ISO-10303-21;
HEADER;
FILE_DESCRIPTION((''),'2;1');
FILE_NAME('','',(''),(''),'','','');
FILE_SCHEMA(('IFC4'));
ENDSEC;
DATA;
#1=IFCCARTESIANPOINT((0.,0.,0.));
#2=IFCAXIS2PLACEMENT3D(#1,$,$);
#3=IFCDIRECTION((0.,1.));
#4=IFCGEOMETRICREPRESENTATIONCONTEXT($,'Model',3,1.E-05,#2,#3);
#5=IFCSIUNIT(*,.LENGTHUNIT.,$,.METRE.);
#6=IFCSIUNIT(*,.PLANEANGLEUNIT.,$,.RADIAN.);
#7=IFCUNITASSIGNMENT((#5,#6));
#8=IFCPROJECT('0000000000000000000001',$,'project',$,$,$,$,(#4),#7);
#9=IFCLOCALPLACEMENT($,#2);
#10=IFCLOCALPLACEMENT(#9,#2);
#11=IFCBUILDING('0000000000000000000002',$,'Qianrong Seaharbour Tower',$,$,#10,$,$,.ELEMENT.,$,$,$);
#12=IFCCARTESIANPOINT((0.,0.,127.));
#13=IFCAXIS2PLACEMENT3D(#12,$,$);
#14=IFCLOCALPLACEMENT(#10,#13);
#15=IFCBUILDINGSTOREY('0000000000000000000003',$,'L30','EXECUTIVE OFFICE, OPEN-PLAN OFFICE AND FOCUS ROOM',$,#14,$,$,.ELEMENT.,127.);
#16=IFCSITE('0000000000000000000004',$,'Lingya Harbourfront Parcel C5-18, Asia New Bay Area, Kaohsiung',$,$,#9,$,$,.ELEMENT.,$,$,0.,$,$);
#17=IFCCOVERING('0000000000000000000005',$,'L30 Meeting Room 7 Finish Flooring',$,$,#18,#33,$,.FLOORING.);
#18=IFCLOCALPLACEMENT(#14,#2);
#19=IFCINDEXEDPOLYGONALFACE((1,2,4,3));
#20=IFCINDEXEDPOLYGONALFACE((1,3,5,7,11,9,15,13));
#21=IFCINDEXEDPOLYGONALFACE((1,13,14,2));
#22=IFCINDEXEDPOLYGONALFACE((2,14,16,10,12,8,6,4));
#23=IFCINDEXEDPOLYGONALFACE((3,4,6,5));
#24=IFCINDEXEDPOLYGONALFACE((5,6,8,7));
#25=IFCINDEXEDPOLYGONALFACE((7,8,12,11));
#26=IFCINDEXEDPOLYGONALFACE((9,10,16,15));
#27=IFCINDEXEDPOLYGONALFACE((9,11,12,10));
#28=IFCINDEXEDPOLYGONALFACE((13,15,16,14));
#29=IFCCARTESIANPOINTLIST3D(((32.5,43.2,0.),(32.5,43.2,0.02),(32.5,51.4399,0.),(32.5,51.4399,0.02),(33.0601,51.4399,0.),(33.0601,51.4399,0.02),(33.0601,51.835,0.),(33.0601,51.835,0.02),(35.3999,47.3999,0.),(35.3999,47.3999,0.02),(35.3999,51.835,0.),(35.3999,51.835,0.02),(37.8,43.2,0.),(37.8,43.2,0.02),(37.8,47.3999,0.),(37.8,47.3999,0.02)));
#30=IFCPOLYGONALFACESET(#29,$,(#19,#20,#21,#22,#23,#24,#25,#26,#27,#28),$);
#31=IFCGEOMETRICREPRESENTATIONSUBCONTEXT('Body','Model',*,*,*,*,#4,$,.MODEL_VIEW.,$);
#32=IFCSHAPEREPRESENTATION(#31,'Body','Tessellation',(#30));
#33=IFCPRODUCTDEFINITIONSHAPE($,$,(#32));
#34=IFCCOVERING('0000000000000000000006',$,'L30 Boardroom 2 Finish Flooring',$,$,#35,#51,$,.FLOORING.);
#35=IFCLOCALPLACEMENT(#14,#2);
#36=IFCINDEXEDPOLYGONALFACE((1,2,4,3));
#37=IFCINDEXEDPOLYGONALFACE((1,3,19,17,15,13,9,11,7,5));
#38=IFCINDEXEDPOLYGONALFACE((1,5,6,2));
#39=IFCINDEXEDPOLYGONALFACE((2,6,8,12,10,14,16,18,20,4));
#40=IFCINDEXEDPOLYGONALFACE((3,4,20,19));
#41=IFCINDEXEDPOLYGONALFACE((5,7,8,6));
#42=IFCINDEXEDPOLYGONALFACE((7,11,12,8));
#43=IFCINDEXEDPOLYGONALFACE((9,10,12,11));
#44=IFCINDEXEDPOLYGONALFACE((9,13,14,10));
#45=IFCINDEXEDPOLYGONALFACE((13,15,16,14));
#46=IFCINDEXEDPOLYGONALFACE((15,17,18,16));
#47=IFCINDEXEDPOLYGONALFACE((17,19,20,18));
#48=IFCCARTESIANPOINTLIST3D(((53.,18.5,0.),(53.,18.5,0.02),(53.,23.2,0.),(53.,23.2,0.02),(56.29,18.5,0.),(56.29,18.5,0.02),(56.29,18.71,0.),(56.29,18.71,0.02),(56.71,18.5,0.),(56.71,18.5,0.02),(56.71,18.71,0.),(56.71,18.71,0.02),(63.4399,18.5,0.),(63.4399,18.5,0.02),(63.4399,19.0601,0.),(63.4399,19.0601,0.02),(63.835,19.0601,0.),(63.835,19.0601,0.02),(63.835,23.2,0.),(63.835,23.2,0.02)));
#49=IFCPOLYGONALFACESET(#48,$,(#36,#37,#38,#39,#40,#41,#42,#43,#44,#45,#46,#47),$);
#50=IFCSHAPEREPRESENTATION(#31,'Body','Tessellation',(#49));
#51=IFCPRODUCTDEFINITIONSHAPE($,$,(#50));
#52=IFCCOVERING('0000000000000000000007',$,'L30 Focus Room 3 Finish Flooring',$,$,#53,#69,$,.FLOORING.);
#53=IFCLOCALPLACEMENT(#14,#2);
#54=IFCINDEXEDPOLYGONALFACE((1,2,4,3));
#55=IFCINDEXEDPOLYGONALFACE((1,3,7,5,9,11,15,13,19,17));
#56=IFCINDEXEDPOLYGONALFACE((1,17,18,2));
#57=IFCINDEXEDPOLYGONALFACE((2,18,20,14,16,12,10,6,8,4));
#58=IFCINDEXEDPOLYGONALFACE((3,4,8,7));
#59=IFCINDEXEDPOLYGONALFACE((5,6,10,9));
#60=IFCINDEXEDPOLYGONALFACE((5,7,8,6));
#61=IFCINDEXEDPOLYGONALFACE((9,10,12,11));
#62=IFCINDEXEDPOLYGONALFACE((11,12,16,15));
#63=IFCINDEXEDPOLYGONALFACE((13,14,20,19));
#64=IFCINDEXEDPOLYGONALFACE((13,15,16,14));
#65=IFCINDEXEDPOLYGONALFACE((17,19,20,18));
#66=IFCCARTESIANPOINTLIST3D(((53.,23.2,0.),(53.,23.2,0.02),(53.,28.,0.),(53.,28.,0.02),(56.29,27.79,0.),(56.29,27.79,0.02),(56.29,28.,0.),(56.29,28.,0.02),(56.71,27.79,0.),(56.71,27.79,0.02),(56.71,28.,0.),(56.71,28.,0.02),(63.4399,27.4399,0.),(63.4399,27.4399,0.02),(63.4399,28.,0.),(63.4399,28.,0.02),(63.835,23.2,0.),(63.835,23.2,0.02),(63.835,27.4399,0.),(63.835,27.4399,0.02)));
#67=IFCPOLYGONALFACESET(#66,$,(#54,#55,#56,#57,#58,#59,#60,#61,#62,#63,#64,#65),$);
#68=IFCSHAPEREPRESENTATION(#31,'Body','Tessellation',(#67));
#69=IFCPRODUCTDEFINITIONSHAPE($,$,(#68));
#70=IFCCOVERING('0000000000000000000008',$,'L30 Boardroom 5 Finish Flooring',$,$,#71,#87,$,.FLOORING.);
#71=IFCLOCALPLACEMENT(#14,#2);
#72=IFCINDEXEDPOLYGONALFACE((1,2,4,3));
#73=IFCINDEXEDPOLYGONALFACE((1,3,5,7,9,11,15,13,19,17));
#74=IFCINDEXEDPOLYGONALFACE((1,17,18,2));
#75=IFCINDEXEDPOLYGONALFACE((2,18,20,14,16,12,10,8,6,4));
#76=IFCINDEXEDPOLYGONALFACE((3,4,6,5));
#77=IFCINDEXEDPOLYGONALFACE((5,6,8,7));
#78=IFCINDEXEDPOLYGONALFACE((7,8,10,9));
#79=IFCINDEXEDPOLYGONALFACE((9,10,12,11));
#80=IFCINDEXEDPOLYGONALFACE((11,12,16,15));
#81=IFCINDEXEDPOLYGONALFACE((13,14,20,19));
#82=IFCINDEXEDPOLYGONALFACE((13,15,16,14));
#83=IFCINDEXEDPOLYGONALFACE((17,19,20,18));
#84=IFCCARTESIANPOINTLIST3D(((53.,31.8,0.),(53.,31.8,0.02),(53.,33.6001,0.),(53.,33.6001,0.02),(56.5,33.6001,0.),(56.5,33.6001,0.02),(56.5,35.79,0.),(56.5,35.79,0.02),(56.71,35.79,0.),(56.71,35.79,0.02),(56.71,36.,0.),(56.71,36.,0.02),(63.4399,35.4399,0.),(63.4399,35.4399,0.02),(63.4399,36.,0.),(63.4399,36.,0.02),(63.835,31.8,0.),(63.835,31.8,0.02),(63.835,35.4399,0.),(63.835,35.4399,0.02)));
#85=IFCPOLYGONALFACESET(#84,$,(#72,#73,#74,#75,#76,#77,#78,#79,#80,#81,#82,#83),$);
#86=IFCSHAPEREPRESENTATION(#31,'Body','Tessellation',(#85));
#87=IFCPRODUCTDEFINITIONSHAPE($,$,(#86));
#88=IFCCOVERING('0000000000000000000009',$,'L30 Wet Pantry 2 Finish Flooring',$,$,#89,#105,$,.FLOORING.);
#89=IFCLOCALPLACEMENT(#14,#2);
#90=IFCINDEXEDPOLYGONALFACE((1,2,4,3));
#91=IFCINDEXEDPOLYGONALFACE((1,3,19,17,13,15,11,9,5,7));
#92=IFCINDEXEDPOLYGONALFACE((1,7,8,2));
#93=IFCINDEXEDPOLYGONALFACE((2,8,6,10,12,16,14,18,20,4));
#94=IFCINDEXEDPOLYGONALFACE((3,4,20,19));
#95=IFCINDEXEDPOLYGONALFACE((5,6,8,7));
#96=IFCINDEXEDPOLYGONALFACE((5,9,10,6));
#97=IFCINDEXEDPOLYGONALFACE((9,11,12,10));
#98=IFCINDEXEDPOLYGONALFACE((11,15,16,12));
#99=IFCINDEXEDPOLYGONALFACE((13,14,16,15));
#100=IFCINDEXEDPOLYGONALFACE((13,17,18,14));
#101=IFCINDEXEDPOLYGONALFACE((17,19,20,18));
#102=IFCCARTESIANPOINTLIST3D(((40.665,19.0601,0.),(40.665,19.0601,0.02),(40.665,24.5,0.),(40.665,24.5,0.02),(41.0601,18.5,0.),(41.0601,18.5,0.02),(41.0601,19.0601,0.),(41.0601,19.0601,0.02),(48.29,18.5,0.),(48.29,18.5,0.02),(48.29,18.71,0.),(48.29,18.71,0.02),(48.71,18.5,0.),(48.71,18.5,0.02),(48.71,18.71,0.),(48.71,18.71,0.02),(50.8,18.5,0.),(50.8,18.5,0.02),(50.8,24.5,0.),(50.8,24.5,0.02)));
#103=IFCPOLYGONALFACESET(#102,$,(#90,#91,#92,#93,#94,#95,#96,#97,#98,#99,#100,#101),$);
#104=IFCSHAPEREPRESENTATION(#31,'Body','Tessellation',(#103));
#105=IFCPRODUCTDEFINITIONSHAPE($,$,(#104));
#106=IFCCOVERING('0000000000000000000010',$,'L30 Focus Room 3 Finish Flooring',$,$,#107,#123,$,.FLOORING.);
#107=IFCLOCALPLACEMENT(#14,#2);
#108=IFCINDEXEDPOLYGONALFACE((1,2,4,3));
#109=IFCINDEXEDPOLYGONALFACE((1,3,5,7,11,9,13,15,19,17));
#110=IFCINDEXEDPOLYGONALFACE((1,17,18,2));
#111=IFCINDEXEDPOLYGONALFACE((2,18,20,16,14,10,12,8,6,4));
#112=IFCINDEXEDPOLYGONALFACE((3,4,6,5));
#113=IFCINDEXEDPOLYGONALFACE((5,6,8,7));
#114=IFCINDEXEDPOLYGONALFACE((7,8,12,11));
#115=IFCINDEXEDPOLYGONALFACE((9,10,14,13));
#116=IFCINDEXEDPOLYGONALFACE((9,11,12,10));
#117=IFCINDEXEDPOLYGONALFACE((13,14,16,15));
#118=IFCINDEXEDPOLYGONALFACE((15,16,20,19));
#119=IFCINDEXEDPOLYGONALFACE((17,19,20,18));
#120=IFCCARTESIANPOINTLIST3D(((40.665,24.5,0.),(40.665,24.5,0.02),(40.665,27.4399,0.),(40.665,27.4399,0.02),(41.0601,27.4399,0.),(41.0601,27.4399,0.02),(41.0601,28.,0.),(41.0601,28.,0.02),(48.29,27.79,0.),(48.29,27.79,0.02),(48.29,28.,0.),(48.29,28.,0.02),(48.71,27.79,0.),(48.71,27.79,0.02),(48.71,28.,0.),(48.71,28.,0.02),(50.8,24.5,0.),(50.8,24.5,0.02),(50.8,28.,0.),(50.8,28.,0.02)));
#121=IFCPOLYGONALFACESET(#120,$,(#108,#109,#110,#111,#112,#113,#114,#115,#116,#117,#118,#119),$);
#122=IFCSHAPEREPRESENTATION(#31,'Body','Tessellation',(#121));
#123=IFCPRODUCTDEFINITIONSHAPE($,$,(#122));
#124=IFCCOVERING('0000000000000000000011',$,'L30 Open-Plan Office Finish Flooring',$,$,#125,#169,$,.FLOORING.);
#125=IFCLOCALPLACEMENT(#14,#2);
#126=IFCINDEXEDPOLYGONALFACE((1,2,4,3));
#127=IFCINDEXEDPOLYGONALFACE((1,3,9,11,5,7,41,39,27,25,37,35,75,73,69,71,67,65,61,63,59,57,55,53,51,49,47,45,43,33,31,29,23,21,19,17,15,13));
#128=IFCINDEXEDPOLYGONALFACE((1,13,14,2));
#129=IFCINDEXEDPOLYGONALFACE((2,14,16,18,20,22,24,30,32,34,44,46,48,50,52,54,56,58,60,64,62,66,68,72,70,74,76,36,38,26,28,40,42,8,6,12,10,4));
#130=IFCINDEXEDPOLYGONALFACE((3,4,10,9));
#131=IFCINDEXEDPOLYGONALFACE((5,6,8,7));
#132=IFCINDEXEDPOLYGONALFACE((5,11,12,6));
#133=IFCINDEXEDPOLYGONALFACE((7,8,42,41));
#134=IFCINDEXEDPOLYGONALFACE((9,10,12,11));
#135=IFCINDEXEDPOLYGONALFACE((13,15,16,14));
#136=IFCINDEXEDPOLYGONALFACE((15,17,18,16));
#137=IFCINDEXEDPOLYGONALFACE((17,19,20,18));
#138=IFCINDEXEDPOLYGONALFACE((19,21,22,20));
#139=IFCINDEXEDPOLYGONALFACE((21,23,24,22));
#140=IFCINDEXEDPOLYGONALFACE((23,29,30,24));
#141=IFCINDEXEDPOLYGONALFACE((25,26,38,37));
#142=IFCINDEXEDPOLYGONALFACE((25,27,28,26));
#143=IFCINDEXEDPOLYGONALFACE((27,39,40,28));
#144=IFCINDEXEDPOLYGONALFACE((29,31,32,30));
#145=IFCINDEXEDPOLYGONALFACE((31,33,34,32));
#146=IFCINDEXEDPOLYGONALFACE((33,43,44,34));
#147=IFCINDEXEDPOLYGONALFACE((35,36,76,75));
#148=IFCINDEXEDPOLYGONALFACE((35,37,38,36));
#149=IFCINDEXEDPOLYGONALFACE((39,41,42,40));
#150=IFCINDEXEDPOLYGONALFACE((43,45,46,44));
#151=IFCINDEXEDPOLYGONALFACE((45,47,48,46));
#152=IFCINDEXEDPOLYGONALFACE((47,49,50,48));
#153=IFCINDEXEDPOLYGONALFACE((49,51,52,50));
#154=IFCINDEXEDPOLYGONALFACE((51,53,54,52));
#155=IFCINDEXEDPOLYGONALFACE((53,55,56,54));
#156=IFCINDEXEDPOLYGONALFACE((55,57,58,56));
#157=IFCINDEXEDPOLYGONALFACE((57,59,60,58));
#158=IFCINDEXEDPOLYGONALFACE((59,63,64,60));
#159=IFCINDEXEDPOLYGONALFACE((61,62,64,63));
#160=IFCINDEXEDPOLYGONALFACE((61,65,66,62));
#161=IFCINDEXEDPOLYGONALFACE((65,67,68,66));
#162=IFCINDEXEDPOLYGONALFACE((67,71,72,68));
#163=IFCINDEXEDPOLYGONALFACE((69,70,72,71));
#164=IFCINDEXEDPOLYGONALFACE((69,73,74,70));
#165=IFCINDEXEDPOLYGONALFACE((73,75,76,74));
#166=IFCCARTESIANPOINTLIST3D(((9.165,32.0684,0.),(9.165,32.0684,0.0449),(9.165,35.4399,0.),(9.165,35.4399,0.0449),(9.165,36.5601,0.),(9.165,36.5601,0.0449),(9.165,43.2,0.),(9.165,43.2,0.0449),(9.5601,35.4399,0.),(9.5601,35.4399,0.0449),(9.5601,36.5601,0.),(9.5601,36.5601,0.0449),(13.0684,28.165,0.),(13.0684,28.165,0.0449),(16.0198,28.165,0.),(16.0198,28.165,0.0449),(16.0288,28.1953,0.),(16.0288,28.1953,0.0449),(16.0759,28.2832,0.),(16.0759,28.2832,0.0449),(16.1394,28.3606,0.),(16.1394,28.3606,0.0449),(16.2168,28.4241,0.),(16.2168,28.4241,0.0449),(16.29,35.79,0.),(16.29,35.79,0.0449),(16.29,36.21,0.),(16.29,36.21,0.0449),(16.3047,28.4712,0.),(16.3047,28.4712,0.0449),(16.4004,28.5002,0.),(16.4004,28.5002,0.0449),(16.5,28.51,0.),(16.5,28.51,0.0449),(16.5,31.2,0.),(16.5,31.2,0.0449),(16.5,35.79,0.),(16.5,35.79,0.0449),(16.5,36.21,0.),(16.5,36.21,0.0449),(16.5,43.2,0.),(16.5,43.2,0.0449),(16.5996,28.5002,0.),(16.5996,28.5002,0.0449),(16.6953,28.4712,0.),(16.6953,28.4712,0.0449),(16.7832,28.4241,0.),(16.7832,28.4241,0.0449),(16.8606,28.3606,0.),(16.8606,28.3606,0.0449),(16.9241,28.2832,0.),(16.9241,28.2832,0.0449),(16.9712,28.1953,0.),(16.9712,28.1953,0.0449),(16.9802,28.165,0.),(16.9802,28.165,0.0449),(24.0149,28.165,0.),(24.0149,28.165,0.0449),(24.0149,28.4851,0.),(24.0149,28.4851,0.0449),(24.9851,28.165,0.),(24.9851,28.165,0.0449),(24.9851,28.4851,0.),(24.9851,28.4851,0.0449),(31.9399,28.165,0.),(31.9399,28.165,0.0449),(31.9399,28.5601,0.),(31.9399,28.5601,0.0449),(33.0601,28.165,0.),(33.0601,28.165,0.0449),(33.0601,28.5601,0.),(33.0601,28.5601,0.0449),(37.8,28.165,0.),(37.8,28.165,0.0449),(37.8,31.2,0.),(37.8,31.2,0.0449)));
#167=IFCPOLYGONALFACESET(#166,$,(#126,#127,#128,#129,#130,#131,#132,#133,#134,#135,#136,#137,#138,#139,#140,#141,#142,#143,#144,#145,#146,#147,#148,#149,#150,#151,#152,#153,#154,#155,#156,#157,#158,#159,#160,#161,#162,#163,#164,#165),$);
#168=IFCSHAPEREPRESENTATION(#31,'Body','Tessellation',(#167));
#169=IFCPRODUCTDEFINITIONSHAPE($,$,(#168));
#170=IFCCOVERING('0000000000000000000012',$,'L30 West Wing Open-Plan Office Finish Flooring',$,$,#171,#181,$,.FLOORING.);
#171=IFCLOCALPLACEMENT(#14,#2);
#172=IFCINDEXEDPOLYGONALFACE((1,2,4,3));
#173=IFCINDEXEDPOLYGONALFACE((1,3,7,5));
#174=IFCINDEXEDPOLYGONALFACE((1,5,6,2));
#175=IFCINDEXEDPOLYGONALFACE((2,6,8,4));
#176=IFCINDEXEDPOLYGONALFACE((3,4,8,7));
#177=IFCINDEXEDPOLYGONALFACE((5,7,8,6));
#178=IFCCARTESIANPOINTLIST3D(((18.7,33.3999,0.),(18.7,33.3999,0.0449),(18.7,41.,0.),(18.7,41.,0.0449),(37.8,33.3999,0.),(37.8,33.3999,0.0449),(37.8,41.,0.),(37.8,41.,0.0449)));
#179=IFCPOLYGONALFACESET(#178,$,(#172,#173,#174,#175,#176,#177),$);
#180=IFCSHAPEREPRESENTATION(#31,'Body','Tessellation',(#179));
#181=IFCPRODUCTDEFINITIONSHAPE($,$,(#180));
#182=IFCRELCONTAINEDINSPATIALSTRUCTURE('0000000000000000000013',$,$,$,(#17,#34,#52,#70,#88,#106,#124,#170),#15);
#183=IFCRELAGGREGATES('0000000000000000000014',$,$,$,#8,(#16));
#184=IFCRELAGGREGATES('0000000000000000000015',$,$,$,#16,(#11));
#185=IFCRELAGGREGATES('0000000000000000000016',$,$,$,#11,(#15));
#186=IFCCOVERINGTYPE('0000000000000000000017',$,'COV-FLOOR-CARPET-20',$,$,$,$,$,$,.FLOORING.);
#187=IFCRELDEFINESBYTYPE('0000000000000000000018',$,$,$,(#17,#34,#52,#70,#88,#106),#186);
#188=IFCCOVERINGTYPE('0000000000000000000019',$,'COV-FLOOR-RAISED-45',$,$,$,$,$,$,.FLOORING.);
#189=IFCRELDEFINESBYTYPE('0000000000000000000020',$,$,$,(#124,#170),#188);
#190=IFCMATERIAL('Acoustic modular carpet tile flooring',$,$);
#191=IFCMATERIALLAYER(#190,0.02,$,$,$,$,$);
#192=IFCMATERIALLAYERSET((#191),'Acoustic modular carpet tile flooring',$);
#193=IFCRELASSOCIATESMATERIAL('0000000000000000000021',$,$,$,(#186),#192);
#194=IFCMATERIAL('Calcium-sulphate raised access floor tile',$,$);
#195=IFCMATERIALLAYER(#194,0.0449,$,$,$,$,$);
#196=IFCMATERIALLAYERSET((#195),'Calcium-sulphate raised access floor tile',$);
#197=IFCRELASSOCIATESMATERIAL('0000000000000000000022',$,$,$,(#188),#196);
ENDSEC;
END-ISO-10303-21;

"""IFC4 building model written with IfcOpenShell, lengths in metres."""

from ifc_helpers import new_model, si_unit, direction, frame, origin, place, context, subcontext, project, spatial, polyline, outline, extrude, material, layer, layer_set, type_object, element, save


model = new_model("IFC4")

# Units and contexts
model_context = context("Model", 3, precision=1e-05, world=origin(), true_north=direction((0.0, 1.0)))
body_context = subcontext(model_context, "Body", "Model", "MODEL_VIEW")
ifc_project = project(units=[si_unit("LENGTHUNIT", "METRE"), si_unit("PLANEANGLEUNIT", "RADIAN")], contexts=[model_context])

# Site, building, storey
site_placement = place(None, origin())
site = spatial("IfcSite", under=ifc_project, at=site_placement, Name="Lingya Harbourfront Parcel C5-18, Asia New Bay Area, Kaohsiung", CompositionType="ELEMENT", RefElevation=0.0)
building_placement = place(site_placement, origin())
building = spatial("IfcBuilding", under=site, at=building_placement, Name="Qianrong Seaharbour Tower", CompositionType="ELEMENT")
storey_placement = place(building_placement, frame((0.0, 0.0, 127.0)))
storey = spatial("IfcBuildingStorey", under=building, at=storey_placement, Name="L30", Description="EXECUTIVE OFFICE, OPEN-PLAN OFFICE AND FOCUS ROOM", CompositionType="ELEMENT", Elevation=127.0)

# Coverings
ifc_material_1 = material(Name="Acoustic modular carpet tile flooring")
ifc_layer_1 = layer(ifc_material_1, 0.02)
ifc_layer_set_1 = layer_set([ifc_layer_1], Name="Acoustic modular carpet tile flooring")
covering_type_1 = type_object("IfcCoveringType", Name="COV-FLOOR-CARPET-20", PredefinedType="FLOORING", material=ifc_layer_set_1)
covering_1_placement = place(storey_placement, origin())
element("IfcCovering", 1, at=covering_1_placement, inside=storey, type_object=covering_type_1, Name="L30 Meeting Room 7 Finish Flooring", PredefinedType="FLOORING", context=body_context, shape_type="SweptSolid", body=[
    extrude(outline(polyline([(32.5, 51.4399), (33.0601, 51.4399), (33.0601, 51.835), (35.3999, 51.835), (35.3999, 47.3999), (37.8, 47.3999), (37.8, 43.2), (32.5, 43.2), (32.5, 51.4399)])), origin(), (0.0, 0.0, 1.0), 0.02),
])
covering_2_placement = place(storey_placement, origin())
element("IfcCovering", 2, at=covering_2_placement, inside=storey, type_object=covering_type_1, Name="L30 Boardroom 2 Finish Flooring", PredefinedType="FLOORING", context=body_context, shape_type="SweptSolid", body=[
    extrude(outline(polyline([(63.835, 23.2), (63.835, 19.0601), (63.4399, 19.0601), (63.4399, 18.5), (56.71, 18.5), (56.71, 18.71), (56.29, 18.71), (56.29, 18.5), (53.0, 18.5), (53.0, 23.2), (63.835, 23.2)])), origin(), (0.0, 0.0, 1.0), 0.02),
])
covering_3_placement = place(storey_placement, origin())
element("IfcCovering", 3, at=covering_3_placement, inside=storey, type_object=covering_type_1, Name="L30 Focus Room 3 Finish Flooring", PredefinedType="FLOORING", context=body_context, shape_type="SweptSolid", body=[
    extrude(outline(polyline([(56.29, 28.0), (56.29, 27.79), (56.71, 27.79), (56.71, 28.0), (63.4399, 28.0), (63.4399, 27.4399), (63.835, 27.4399), (63.835, 23.2), (53.0, 23.2), (53.0, 28.0), (56.29, 28.0)])), origin(), (0.0, 0.0, 1.0), 0.02),
])
covering_4_placement = place(storey_placement, origin())
element("IfcCovering", 4, at=covering_4_placement, inside=storey, type_object=covering_type_1, Name="L30 Boardroom 5 Finish Flooring", PredefinedType="FLOORING", context=body_context, shape_type="SweptSolid", body=[
    extrude(outline(polyline([(56.5, 33.6001), (56.5, 35.79), (56.71, 35.79), (56.71, 36.0), (63.4399, 36.0), (63.4399, 35.4399), (63.835, 35.4399), (63.835, 31.8), (53.0, 31.8), (53.0, 33.6001), (56.5, 33.6001)])), origin(), (0.0, 0.0, 1.0), 0.02),
])
covering_5_placement = place(storey_placement, origin())
element("IfcCovering", 5, at=covering_5_placement, inside=storey, type_object=covering_type_1, Name="L30 Wet Pantry 2 Finish Flooring", PredefinedType="FLOORING", context=body_context, shape_type="SweptSolid", body=[
    extrude(outline(polyline([(48.71, 18.5), (48.71, 18.71), (48.29, 18.71), (48.29, 18.5), (41.0601, 18.5), (41.0601, 19.0601), (40.665, 19.0601), (40.665, 24.5), (50.8, 24.5), (50.8, 18.5), (48.71, 18.5)])), origin(), (0.0, 0.0, 1.0), 0.02),
])
covering_6_placement = place(storey_placement, origin())
element("IfcCovering", 6, at=covering_6_placement, inside=storey, type_object=covering_type_1, Name="L30 Focus Room 3 Finish Flooring", PredefinedType="FLOORING", context=body_context, shape_type="SweptSolid", body=[
    extrude(outline(polyline([(40.665, 24.5), (40.665, 27.4399), (41.0601, 27.4399), (41.0601, 28.0), (48.29, 28.0), (48.29, 27.79), (48.71, 27.79), (48.71, 28.0), (50.8, 28.0), (50.8, 24.5), (40.665, 24.5)])), origin(), (0.0, 0.0, 1.0), 0.02),
])
ifc_material_2 = material(Name="Calcium-sulphate raised access floor tile")
ifc_layer_2 = layer(ifc_material_2, 0.0449)
ifc_layer_set_2 = layer_set([ifc_layer_2], Name="Calcium-sulphate raised access floor tile")
covering_type_2 = type_object("IfcCoveringType", Name="COV-FLOOR-RAISED-45", PredefinedType="FLOORING", material=ifc_layer_set_2)
covering_7_placement = place(storey_placement, origin())
element("IfcCovering", 7, at=covering_7_placement, inside=storey, type_object=covering_type_2, Name="L30 Open-Plan Office Finish Flooring", PredefinedType="FLOORING", context=body_context, shape_type="SweptSolid", body=[
    extrude(outline(polyline([(33.0601, 28.165), (33.0601, 28.5601), (31.9399, 28.5601), (31.9399, 28.165), (24.9851, 28.165), (24.9851, 28.4851), (24.0149, 28.4851), (24.0149, 28.165), (16.9802, 28.165), (16.9712, 28.1953), (16.9241, 28.2832), (16.8606, 28.3606), (16.7832, 28.4241), (16.6953, 28.4712), (16.5996, 28.5002), (16.5, 28.51), (16.4004, 28.5002), (16.3047, 28.4712), (16.2168, 28.4241), (16.1394, 28.3606), (16.0759, 28.2832), (16.0288, 28.1953), (16.0198, 28.165), (13.0684, 28.165), (9.165, 32.0684), (9.165, 35.4399), (9.5601, 35.4399), (9.5601, 36.5601), (9.165, 36.5601), (9.165, 43.2), (16.5, 43.2), (16.5, 36.21), (16.29, 36.21), (16.29, 35.79), (16.5, 35.79), (16.5, 31.2), (37.8, 31.2), (37.8, 28.165), (33.0601, 28.165)])), origin(), (0.0, 0.0, 1.0), 0.0449),
])
covering_8_placement = place(storey_placement, origin())
element("IfcCovering", 8, at=covering_8_placement, inside=storey, type_object=covering_type_2, Name="L30 West Wing Open-Plan Office Finish Flooring", PredefinedType="FLOORING", context=body_context, shape_type="SweptSolid", body=[
    extrude(outline(polyline([(37.8, 41.0), (37.8, 33.3999), (18.7, 33.3999), (18.7, 41.0), (37.8, 41.0)])), origin(), (0.0, 0.0, 1.0), 0.0449),
])

save(model, "model.ifc")
